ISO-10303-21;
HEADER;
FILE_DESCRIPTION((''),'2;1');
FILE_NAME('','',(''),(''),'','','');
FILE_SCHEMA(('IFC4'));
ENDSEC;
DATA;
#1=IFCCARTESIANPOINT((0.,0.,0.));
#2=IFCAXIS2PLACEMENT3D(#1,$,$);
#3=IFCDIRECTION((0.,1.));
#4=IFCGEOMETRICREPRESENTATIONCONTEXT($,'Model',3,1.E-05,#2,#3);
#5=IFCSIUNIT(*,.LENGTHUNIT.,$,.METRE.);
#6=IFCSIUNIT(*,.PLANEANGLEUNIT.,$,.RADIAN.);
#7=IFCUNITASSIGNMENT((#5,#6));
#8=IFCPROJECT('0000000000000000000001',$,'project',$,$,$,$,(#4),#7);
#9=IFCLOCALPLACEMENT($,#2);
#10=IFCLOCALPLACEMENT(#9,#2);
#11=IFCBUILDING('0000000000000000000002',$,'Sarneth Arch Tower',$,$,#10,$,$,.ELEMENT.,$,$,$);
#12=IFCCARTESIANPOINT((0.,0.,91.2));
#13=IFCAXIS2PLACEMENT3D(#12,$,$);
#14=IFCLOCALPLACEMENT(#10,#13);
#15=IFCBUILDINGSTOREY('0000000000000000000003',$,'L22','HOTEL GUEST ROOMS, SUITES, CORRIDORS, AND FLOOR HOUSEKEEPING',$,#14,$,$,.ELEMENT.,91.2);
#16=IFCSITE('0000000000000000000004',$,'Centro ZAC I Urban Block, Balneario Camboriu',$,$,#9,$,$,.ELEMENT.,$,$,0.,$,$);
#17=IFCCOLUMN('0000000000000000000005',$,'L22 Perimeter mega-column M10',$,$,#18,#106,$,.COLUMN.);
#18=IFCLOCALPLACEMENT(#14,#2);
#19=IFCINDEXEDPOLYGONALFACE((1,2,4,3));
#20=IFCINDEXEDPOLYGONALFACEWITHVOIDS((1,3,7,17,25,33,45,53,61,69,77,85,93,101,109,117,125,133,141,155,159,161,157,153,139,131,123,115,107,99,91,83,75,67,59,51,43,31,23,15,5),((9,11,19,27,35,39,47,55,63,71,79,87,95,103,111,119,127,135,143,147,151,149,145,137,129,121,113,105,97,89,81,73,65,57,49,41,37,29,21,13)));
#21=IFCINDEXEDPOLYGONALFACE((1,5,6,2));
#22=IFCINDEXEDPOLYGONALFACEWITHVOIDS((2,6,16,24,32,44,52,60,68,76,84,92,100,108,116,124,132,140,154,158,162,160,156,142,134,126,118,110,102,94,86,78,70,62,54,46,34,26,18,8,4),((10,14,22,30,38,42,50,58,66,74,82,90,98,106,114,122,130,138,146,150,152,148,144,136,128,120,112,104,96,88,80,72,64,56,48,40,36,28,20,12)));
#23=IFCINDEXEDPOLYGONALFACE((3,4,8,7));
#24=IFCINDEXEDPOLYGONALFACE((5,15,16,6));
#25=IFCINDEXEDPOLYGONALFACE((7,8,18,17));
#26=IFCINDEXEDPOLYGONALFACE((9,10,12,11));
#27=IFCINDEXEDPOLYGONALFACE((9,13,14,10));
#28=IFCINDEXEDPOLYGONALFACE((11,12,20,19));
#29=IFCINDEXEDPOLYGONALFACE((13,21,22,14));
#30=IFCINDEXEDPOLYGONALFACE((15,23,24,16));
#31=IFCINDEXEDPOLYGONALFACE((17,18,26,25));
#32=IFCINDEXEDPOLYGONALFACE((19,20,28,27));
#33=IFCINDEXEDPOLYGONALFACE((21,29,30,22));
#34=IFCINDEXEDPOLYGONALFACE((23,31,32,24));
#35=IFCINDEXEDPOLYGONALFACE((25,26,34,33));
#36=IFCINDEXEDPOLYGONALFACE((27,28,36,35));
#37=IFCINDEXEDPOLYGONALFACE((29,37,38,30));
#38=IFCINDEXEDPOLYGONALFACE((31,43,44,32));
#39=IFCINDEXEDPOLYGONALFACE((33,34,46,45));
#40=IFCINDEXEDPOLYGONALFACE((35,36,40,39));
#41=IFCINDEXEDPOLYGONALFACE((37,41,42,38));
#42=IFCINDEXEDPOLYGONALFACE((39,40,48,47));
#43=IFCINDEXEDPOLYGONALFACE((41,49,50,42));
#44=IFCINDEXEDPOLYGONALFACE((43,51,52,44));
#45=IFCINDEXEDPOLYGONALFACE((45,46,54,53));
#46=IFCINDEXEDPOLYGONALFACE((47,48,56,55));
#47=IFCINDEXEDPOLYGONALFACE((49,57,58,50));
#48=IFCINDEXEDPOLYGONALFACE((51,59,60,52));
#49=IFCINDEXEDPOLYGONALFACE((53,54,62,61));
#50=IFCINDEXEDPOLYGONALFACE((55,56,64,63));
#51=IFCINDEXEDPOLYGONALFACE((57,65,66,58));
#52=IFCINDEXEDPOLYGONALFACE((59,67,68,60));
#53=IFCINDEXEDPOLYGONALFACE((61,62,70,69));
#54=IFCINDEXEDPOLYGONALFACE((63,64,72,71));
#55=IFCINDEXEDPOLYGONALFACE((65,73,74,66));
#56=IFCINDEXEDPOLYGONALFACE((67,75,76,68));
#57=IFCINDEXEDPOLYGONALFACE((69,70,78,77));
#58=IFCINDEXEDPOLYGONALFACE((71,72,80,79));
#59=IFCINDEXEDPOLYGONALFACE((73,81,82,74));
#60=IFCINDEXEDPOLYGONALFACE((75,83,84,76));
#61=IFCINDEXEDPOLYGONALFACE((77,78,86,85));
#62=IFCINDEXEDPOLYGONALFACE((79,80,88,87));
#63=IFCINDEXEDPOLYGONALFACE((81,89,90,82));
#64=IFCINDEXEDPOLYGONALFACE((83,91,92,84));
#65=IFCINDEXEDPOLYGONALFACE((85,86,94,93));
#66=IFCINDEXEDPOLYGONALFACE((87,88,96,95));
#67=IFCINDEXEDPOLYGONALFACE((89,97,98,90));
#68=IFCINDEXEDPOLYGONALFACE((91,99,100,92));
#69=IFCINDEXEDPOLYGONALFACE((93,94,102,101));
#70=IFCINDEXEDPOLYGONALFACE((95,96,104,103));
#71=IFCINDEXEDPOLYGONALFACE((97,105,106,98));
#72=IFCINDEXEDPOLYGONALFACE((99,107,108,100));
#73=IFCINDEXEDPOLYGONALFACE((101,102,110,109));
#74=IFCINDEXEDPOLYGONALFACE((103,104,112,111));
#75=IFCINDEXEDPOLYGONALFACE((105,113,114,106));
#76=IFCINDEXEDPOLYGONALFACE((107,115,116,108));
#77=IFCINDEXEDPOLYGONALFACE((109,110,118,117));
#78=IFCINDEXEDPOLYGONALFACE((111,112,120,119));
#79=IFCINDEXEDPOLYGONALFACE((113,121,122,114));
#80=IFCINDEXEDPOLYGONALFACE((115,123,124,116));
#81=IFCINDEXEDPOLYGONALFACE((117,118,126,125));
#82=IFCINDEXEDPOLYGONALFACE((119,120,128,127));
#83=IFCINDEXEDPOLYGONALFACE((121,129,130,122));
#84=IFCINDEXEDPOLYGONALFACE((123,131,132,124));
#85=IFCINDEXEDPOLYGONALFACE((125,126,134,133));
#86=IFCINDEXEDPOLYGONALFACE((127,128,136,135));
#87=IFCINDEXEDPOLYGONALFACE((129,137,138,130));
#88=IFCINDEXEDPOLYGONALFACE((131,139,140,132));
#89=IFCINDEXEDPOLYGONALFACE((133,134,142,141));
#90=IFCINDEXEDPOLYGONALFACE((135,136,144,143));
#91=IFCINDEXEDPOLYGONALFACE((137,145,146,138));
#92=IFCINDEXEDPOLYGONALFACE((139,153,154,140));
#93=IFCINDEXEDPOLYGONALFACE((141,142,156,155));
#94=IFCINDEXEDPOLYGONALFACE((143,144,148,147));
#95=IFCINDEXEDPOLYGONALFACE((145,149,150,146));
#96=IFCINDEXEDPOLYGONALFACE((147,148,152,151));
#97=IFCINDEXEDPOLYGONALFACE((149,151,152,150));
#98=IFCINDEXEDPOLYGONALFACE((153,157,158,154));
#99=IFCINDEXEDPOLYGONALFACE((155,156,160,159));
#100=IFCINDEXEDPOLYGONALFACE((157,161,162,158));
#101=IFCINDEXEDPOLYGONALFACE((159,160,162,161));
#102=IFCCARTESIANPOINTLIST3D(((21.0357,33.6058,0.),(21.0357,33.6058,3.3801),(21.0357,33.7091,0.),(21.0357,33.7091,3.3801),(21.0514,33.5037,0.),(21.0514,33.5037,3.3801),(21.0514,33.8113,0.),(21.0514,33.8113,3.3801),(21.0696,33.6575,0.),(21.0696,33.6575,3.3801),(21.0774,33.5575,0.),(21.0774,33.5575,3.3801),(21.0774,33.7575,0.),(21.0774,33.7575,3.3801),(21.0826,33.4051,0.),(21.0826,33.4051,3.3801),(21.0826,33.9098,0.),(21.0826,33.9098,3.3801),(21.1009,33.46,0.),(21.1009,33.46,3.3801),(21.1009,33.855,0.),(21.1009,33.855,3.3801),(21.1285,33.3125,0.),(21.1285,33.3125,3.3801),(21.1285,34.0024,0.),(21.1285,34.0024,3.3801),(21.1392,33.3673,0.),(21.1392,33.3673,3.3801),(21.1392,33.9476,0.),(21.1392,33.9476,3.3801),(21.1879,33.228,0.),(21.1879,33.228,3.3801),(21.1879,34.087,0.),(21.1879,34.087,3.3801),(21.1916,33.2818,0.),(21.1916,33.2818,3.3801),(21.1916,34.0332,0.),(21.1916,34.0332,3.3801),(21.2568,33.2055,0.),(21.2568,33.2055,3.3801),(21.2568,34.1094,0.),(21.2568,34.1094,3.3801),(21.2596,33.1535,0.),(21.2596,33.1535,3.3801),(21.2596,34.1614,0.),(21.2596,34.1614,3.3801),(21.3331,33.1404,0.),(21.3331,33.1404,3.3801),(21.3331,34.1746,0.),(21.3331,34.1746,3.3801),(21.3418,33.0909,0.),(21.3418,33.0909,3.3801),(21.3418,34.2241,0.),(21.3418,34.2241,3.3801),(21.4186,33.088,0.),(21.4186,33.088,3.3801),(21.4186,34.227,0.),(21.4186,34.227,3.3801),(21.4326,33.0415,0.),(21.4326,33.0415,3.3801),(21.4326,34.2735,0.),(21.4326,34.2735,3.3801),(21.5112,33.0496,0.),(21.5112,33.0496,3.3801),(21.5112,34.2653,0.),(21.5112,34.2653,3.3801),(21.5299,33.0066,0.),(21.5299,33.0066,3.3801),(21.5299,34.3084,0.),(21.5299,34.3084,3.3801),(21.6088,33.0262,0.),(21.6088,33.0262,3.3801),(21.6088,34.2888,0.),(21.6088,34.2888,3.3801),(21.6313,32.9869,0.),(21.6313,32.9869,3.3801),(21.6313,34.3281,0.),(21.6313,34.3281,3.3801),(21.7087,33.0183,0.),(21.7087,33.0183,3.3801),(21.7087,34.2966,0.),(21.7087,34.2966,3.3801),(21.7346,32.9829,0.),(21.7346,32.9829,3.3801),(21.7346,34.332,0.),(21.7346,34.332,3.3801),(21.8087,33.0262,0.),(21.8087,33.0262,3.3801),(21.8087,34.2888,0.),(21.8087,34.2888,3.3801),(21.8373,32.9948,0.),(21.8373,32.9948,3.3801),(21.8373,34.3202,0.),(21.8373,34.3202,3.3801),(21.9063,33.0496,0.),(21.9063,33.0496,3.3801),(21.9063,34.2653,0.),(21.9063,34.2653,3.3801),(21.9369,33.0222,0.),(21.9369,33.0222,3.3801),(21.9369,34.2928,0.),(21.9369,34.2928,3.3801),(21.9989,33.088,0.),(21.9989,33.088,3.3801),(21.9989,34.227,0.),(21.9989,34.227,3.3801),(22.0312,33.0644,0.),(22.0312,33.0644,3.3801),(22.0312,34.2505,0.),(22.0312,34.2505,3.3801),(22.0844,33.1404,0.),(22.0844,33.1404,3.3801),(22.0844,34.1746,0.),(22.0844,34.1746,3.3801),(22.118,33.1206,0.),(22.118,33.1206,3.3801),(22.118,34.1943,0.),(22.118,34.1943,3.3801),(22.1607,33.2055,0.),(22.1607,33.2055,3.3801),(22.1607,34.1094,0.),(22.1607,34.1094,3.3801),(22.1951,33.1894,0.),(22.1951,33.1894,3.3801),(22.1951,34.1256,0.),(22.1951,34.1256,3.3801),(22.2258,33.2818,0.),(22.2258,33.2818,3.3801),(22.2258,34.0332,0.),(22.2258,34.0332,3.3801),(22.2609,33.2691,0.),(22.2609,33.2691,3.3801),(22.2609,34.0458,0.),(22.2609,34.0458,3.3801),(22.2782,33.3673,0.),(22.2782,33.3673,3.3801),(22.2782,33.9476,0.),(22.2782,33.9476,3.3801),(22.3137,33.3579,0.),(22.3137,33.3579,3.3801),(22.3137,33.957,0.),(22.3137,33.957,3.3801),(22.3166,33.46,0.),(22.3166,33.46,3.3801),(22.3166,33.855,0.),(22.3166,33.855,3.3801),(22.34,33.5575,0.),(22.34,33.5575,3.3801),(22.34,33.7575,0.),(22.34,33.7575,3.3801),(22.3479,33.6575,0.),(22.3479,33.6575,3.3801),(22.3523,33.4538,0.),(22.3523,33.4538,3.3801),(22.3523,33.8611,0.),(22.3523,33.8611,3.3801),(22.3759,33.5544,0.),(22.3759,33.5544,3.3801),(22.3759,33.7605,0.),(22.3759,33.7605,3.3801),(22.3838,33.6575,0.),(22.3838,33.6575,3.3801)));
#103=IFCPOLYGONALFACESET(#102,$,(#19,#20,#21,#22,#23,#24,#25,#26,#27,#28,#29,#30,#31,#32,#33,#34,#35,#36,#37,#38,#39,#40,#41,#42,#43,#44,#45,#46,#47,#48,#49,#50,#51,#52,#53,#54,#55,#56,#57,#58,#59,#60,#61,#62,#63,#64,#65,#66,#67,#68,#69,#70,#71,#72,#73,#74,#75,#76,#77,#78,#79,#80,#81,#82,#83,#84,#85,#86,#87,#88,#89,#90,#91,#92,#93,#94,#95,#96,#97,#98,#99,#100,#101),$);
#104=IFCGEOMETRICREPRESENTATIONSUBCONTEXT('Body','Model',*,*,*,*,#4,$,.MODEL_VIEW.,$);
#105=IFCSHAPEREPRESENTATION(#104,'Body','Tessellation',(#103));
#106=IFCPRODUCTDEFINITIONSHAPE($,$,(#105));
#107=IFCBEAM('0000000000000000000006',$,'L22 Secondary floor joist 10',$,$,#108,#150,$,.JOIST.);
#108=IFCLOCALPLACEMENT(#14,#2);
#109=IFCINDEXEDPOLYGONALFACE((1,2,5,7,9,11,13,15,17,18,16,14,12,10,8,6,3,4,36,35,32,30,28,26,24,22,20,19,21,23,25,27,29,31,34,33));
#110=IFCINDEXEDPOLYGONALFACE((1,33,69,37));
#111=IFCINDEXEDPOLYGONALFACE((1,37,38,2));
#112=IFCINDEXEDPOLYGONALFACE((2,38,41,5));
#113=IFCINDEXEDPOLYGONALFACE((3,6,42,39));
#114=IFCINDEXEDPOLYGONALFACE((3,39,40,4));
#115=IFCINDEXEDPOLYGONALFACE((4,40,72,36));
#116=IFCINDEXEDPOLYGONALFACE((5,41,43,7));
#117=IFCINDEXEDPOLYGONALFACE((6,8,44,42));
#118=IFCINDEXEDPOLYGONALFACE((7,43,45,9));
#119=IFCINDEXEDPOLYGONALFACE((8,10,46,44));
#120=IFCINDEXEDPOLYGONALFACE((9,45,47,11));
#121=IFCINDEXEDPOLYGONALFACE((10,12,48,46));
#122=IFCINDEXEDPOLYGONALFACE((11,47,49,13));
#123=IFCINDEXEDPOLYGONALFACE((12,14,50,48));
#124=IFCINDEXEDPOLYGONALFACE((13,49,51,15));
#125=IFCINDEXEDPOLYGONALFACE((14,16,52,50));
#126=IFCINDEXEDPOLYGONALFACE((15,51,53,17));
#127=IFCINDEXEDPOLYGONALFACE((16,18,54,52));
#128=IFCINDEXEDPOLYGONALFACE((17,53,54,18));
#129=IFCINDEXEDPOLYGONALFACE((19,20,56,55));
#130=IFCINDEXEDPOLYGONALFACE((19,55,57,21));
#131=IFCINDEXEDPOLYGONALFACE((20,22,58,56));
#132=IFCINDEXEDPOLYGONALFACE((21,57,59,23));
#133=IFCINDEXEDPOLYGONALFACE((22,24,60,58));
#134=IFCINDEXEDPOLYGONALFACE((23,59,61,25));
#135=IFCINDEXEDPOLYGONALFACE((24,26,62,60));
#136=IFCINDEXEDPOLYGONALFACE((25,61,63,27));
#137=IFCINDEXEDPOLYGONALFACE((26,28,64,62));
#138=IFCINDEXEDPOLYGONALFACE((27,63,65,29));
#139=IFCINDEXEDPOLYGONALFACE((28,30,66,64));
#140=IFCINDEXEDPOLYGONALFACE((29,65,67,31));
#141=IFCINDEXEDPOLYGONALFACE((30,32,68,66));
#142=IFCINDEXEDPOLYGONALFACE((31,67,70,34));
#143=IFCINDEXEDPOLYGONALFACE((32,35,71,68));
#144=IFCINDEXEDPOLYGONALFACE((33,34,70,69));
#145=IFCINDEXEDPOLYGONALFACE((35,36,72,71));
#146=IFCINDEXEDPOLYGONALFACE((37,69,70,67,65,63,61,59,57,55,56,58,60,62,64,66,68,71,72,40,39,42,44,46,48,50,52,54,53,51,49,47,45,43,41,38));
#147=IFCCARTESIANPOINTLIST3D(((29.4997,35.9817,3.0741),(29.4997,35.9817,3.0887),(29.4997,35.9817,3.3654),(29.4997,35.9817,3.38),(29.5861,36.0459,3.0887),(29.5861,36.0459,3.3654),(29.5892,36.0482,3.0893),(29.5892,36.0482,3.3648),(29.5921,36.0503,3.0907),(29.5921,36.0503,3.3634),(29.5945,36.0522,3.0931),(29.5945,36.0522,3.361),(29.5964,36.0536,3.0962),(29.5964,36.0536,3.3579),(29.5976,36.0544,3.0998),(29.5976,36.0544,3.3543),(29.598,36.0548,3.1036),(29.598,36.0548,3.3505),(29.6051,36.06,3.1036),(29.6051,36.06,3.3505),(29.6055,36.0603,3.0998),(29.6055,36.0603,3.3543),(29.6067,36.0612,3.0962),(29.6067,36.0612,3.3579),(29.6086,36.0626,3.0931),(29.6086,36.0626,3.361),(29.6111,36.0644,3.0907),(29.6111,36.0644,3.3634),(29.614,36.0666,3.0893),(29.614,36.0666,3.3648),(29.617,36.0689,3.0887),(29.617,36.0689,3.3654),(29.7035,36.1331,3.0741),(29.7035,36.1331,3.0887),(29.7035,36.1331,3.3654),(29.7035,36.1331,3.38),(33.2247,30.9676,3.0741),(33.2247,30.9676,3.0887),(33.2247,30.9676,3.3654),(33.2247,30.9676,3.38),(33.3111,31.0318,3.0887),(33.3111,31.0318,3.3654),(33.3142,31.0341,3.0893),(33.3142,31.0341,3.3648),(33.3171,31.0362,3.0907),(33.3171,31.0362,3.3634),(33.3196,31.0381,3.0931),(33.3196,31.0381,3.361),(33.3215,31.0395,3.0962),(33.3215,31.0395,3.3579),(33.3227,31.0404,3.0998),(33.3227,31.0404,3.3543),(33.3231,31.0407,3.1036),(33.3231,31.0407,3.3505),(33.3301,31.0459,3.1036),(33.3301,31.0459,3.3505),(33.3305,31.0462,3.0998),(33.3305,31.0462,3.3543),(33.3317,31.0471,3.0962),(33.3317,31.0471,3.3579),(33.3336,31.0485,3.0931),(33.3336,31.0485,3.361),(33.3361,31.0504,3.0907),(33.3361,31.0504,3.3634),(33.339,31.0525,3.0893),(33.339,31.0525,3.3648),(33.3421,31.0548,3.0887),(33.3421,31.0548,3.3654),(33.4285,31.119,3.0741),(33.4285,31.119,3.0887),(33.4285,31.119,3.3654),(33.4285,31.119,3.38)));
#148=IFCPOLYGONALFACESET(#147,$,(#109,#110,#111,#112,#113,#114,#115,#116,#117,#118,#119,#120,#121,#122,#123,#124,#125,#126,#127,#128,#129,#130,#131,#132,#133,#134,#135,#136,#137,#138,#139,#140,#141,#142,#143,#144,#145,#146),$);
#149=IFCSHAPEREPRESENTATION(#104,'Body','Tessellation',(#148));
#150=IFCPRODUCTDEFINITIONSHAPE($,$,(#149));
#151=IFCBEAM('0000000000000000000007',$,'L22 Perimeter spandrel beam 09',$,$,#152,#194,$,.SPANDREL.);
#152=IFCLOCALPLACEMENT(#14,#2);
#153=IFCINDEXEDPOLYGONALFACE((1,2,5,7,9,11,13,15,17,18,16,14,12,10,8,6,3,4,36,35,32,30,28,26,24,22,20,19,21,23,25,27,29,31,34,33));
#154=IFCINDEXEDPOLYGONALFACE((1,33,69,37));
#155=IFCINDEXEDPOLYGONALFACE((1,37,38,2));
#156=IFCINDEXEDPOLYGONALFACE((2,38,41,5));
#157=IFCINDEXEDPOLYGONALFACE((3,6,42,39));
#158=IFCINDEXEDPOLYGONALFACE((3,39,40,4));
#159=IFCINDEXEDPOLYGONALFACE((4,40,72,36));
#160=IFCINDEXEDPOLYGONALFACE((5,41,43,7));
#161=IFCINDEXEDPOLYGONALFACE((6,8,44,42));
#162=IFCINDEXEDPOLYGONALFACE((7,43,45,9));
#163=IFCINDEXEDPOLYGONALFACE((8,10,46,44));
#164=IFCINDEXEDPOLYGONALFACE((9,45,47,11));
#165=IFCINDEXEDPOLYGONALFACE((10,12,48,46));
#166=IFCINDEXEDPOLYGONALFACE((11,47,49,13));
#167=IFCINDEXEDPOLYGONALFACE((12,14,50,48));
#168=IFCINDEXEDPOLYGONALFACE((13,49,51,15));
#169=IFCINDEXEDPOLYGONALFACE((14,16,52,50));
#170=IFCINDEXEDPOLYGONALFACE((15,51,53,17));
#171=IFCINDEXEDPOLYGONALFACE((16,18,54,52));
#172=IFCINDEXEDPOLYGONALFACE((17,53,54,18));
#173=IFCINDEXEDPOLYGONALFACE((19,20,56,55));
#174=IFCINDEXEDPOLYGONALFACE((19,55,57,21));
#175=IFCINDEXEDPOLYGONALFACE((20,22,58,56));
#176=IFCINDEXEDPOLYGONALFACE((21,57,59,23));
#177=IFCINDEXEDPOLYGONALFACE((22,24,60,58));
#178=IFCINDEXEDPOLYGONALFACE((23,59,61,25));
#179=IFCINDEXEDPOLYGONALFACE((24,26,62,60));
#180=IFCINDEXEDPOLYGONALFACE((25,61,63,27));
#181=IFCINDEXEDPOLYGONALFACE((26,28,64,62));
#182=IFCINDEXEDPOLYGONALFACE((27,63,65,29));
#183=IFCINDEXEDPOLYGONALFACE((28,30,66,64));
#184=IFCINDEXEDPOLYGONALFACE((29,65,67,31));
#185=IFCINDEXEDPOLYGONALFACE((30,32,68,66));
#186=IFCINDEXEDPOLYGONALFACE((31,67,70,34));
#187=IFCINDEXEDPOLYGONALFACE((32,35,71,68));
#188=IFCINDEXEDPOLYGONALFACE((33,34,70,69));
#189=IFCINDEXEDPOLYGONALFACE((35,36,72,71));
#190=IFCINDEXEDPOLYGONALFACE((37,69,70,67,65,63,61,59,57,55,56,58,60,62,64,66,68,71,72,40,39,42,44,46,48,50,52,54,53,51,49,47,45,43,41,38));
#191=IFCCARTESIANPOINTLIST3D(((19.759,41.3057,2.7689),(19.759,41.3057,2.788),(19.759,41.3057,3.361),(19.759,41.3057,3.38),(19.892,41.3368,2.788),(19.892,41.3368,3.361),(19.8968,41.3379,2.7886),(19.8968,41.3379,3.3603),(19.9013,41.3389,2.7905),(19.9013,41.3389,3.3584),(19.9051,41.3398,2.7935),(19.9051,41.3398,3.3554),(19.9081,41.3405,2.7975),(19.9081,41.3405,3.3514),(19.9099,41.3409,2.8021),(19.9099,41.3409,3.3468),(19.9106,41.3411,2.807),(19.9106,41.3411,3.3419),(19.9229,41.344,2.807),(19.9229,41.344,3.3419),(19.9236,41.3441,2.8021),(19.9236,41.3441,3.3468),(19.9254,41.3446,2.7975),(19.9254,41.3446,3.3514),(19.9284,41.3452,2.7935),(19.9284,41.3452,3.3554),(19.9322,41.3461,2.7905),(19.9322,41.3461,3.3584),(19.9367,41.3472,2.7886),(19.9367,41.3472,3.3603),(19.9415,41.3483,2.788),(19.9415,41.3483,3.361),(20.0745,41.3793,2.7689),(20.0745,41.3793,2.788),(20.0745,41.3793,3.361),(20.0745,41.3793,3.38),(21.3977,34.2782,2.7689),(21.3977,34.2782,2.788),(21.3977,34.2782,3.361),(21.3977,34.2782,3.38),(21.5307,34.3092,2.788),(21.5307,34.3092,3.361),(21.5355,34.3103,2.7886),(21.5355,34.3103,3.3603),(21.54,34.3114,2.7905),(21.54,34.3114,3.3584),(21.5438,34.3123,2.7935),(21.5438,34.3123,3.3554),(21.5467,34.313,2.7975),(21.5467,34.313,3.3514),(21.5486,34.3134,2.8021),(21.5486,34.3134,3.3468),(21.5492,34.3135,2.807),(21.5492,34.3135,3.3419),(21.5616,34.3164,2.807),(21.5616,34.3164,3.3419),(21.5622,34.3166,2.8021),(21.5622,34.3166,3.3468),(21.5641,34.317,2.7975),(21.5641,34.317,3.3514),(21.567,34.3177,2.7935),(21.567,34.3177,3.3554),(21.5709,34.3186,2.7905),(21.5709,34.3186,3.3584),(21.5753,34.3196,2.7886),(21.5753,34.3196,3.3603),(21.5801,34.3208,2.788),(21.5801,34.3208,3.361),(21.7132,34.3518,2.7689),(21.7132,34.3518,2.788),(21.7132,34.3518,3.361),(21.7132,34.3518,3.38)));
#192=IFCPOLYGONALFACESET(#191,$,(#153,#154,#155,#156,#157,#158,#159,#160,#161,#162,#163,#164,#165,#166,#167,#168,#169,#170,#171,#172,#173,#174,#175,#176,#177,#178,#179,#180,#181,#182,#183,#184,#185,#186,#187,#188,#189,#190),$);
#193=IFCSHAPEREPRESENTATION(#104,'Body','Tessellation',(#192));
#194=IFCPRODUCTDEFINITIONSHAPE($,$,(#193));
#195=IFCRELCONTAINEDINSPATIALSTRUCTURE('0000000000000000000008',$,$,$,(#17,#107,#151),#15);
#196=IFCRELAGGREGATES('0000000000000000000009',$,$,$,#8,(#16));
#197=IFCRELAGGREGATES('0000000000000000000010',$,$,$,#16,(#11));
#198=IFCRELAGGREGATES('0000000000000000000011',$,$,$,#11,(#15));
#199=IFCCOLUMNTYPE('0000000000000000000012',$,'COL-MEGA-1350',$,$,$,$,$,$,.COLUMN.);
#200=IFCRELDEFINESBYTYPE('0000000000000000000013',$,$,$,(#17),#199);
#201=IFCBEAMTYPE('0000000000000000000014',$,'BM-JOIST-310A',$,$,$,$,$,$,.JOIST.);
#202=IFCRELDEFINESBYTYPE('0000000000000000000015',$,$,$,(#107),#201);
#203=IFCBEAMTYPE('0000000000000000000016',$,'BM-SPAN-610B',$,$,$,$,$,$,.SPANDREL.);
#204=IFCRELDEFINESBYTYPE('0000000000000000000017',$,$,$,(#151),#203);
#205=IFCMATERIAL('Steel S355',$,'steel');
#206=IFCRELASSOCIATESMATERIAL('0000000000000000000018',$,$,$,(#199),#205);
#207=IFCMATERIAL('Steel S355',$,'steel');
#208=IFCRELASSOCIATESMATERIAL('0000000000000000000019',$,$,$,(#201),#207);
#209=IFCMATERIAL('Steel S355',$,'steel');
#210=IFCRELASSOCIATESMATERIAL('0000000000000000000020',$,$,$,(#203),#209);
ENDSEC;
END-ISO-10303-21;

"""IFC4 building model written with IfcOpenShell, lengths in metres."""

from ifc_helpers import new_model, si_unit, direction, frame, origin, origin_2d, place, context, subcontext, project, spatial, hollow_circle, i_section, extrude, material, material_profile, profile_set, type_object, element, save


model = new_model("IFC4")

# Units and contexts
model_context = context("Model", 3, precision=1e-05, world=origin(), true_north=direction((0.0, 1.0)))
body_context = subcontext(model_context, "Body", "Model", "MODEL_VIEW")
ifc_project = project(units=[si_unit("LENGTHUNIT", "METRE"), si_unit("PLANEANGLEUNIT", "RADIAN")], contexts=[model_context])

# Site, building, storey
site_placement = place(None, origin())
site = spatial("IfcSite", under=ifc_project, at=site_placement, Name="Centro ZAC I Urban Block, Balneario Camboriu", CompositionType="ELEMENT", RefElevation=0.0)
building_placement = place(site_placement, origin())
building = spatial("IfcBuilding", under=site, at=building_placement, Name="Sarneth Arch Tower", CompositionType="ELEMENT")
storey_placement = place(building_placement, frame((0.0, 0.0, 91.2)))
storey = spatial("IfcBuildingStorey", under=building, at=storey_placement, Name="L22", Description="HOTEL GUEST ROOMS, SUITES, CORRIDORS, AND FLOOR HOUSEKEEPING", CompositionType="ELEMENT", Elevation=91.2)

# Column
ifc_material_1 = material(Name="Steel S355", Category="steel")
ifc_material_profile_1 = material_profile(ifc_material_1, hollow_circle(Radius=0.675, WallThickness=0.0359, at=origin_2d()), Name="CHS1350x36")
ifc_profile_set_1 = profile_set([ifc_material_profile_1], Name="Steel S355")
column_type = type_object("IfcColumnType", Name="COL-MEGA-1350", PredefinedType="COLUMN", material=ifc_profile_set_1)
column_placement = place(storey_placement, frame((21.7087, 33.6575, 0.0), z_axis=(0.0, 0.0, 1.0), x_axis=(1.0, 0.0, 0.0)))
element("IfcColumn", 1, at=column_placement, inside=storey, type_object=column_type, Name="L22 Perimeter mega-column M10", PredefinedType="COLUMN", context=body_context, shape_type="SweptSolid", body=[
    extrude(hollow_circle(Radius=0.675, WallThickness=0.0359, at=origin_2d()), origin(), (0.0, 0.0, 1.0), 3.3801),
])

# Beams
ifc_material_2 = material(Name="Steel S355", Category="steel")
ifc_material_profile_2 = material_profile(ifc_material_2, i_section(OverallWidth=0.2539, OverallDepth=0.3059, WebThickness=0.0088, FlangeThickness=0.0146, FilletRadius=0.0149, at=origin_2d()), Name="W310x79")
ifc_profile_set_2 = profile_set([ifc_material_profile_2], Name="Steel S355")
beam_type_1 = type_object("IfcBeamType", Name="BM-JOIST-310A", PredefinedType="JOIST", material=ifc_profile_set_2)
beam_1_placement = place(storey_placement, frame((29.6016, 36.0574, 3.2271), z_axis=(0.596354, -0.802721, 0.0), x_axis=(0.802721, 0.596354, 0.0)))
element("IfcBeam", 2, at=beam_1_placement, inside=storey, type_object=beam_type_1, Name="L22 Secondary floor joist 10", PredefinedType="JOIST", context=body_context, shape_type="SweptSolid", body=[
    extrude(i_section(OverallWidth=0.2539, OverallDepth=0.3059, WebThickness=0.0088, FlangeThickness=0.0146, FilletRadius=0.0149, at=origin_2d()), origin(), (0.0, 0.0, 1.0), 6.2463),
])
ifc_material_3 = material(Name="Steel S355", Category="steel")
ifc_material_profile_3 = material_profile(ifc_material_3, i_section(OverallWidth=0.324, OverallDepth=0.6111, WebThickness=0.0127, FlangeThickness=0.019, FilletRadius=0.019, at=origin_2d()), Name="W610x155")
ifc_profile_set_3 = profile_set([ifc_material_profile_3], Name="Steel S355")
beam_type_2 = type_object("IfcBeamType", Name="BM-SPAN-610B", PredefinedType="SPANDREL", material=ifc_profile_set_3)
beam_2_placement = place(storey_placement, frame((19.9167, 41.3425, 3.0745), z_axis=(0.227085, -0.973875, 0.0), x_axis=(0.973875, 0.227085, 0.0)))
element("IfcBeam", 3, at=beam_2_placement, inside=storey, type_object=beam_type_2, Name="L22 Perimeter spandrel beam 09", PredefinedType="SPANDREL", context=body_context, shape_type="SweptSolid", body=[
    extrude(i_section(OverallWidth=0.324, OverallDepth=0.6111, WebThickness=0.0127, FlangeThickness=0.019, FilletRadius=0.019, at=origin_2d()), origin(), (0.0, 0.0, 1.0), 7.2161),
])

save(model, "model.ifc")
